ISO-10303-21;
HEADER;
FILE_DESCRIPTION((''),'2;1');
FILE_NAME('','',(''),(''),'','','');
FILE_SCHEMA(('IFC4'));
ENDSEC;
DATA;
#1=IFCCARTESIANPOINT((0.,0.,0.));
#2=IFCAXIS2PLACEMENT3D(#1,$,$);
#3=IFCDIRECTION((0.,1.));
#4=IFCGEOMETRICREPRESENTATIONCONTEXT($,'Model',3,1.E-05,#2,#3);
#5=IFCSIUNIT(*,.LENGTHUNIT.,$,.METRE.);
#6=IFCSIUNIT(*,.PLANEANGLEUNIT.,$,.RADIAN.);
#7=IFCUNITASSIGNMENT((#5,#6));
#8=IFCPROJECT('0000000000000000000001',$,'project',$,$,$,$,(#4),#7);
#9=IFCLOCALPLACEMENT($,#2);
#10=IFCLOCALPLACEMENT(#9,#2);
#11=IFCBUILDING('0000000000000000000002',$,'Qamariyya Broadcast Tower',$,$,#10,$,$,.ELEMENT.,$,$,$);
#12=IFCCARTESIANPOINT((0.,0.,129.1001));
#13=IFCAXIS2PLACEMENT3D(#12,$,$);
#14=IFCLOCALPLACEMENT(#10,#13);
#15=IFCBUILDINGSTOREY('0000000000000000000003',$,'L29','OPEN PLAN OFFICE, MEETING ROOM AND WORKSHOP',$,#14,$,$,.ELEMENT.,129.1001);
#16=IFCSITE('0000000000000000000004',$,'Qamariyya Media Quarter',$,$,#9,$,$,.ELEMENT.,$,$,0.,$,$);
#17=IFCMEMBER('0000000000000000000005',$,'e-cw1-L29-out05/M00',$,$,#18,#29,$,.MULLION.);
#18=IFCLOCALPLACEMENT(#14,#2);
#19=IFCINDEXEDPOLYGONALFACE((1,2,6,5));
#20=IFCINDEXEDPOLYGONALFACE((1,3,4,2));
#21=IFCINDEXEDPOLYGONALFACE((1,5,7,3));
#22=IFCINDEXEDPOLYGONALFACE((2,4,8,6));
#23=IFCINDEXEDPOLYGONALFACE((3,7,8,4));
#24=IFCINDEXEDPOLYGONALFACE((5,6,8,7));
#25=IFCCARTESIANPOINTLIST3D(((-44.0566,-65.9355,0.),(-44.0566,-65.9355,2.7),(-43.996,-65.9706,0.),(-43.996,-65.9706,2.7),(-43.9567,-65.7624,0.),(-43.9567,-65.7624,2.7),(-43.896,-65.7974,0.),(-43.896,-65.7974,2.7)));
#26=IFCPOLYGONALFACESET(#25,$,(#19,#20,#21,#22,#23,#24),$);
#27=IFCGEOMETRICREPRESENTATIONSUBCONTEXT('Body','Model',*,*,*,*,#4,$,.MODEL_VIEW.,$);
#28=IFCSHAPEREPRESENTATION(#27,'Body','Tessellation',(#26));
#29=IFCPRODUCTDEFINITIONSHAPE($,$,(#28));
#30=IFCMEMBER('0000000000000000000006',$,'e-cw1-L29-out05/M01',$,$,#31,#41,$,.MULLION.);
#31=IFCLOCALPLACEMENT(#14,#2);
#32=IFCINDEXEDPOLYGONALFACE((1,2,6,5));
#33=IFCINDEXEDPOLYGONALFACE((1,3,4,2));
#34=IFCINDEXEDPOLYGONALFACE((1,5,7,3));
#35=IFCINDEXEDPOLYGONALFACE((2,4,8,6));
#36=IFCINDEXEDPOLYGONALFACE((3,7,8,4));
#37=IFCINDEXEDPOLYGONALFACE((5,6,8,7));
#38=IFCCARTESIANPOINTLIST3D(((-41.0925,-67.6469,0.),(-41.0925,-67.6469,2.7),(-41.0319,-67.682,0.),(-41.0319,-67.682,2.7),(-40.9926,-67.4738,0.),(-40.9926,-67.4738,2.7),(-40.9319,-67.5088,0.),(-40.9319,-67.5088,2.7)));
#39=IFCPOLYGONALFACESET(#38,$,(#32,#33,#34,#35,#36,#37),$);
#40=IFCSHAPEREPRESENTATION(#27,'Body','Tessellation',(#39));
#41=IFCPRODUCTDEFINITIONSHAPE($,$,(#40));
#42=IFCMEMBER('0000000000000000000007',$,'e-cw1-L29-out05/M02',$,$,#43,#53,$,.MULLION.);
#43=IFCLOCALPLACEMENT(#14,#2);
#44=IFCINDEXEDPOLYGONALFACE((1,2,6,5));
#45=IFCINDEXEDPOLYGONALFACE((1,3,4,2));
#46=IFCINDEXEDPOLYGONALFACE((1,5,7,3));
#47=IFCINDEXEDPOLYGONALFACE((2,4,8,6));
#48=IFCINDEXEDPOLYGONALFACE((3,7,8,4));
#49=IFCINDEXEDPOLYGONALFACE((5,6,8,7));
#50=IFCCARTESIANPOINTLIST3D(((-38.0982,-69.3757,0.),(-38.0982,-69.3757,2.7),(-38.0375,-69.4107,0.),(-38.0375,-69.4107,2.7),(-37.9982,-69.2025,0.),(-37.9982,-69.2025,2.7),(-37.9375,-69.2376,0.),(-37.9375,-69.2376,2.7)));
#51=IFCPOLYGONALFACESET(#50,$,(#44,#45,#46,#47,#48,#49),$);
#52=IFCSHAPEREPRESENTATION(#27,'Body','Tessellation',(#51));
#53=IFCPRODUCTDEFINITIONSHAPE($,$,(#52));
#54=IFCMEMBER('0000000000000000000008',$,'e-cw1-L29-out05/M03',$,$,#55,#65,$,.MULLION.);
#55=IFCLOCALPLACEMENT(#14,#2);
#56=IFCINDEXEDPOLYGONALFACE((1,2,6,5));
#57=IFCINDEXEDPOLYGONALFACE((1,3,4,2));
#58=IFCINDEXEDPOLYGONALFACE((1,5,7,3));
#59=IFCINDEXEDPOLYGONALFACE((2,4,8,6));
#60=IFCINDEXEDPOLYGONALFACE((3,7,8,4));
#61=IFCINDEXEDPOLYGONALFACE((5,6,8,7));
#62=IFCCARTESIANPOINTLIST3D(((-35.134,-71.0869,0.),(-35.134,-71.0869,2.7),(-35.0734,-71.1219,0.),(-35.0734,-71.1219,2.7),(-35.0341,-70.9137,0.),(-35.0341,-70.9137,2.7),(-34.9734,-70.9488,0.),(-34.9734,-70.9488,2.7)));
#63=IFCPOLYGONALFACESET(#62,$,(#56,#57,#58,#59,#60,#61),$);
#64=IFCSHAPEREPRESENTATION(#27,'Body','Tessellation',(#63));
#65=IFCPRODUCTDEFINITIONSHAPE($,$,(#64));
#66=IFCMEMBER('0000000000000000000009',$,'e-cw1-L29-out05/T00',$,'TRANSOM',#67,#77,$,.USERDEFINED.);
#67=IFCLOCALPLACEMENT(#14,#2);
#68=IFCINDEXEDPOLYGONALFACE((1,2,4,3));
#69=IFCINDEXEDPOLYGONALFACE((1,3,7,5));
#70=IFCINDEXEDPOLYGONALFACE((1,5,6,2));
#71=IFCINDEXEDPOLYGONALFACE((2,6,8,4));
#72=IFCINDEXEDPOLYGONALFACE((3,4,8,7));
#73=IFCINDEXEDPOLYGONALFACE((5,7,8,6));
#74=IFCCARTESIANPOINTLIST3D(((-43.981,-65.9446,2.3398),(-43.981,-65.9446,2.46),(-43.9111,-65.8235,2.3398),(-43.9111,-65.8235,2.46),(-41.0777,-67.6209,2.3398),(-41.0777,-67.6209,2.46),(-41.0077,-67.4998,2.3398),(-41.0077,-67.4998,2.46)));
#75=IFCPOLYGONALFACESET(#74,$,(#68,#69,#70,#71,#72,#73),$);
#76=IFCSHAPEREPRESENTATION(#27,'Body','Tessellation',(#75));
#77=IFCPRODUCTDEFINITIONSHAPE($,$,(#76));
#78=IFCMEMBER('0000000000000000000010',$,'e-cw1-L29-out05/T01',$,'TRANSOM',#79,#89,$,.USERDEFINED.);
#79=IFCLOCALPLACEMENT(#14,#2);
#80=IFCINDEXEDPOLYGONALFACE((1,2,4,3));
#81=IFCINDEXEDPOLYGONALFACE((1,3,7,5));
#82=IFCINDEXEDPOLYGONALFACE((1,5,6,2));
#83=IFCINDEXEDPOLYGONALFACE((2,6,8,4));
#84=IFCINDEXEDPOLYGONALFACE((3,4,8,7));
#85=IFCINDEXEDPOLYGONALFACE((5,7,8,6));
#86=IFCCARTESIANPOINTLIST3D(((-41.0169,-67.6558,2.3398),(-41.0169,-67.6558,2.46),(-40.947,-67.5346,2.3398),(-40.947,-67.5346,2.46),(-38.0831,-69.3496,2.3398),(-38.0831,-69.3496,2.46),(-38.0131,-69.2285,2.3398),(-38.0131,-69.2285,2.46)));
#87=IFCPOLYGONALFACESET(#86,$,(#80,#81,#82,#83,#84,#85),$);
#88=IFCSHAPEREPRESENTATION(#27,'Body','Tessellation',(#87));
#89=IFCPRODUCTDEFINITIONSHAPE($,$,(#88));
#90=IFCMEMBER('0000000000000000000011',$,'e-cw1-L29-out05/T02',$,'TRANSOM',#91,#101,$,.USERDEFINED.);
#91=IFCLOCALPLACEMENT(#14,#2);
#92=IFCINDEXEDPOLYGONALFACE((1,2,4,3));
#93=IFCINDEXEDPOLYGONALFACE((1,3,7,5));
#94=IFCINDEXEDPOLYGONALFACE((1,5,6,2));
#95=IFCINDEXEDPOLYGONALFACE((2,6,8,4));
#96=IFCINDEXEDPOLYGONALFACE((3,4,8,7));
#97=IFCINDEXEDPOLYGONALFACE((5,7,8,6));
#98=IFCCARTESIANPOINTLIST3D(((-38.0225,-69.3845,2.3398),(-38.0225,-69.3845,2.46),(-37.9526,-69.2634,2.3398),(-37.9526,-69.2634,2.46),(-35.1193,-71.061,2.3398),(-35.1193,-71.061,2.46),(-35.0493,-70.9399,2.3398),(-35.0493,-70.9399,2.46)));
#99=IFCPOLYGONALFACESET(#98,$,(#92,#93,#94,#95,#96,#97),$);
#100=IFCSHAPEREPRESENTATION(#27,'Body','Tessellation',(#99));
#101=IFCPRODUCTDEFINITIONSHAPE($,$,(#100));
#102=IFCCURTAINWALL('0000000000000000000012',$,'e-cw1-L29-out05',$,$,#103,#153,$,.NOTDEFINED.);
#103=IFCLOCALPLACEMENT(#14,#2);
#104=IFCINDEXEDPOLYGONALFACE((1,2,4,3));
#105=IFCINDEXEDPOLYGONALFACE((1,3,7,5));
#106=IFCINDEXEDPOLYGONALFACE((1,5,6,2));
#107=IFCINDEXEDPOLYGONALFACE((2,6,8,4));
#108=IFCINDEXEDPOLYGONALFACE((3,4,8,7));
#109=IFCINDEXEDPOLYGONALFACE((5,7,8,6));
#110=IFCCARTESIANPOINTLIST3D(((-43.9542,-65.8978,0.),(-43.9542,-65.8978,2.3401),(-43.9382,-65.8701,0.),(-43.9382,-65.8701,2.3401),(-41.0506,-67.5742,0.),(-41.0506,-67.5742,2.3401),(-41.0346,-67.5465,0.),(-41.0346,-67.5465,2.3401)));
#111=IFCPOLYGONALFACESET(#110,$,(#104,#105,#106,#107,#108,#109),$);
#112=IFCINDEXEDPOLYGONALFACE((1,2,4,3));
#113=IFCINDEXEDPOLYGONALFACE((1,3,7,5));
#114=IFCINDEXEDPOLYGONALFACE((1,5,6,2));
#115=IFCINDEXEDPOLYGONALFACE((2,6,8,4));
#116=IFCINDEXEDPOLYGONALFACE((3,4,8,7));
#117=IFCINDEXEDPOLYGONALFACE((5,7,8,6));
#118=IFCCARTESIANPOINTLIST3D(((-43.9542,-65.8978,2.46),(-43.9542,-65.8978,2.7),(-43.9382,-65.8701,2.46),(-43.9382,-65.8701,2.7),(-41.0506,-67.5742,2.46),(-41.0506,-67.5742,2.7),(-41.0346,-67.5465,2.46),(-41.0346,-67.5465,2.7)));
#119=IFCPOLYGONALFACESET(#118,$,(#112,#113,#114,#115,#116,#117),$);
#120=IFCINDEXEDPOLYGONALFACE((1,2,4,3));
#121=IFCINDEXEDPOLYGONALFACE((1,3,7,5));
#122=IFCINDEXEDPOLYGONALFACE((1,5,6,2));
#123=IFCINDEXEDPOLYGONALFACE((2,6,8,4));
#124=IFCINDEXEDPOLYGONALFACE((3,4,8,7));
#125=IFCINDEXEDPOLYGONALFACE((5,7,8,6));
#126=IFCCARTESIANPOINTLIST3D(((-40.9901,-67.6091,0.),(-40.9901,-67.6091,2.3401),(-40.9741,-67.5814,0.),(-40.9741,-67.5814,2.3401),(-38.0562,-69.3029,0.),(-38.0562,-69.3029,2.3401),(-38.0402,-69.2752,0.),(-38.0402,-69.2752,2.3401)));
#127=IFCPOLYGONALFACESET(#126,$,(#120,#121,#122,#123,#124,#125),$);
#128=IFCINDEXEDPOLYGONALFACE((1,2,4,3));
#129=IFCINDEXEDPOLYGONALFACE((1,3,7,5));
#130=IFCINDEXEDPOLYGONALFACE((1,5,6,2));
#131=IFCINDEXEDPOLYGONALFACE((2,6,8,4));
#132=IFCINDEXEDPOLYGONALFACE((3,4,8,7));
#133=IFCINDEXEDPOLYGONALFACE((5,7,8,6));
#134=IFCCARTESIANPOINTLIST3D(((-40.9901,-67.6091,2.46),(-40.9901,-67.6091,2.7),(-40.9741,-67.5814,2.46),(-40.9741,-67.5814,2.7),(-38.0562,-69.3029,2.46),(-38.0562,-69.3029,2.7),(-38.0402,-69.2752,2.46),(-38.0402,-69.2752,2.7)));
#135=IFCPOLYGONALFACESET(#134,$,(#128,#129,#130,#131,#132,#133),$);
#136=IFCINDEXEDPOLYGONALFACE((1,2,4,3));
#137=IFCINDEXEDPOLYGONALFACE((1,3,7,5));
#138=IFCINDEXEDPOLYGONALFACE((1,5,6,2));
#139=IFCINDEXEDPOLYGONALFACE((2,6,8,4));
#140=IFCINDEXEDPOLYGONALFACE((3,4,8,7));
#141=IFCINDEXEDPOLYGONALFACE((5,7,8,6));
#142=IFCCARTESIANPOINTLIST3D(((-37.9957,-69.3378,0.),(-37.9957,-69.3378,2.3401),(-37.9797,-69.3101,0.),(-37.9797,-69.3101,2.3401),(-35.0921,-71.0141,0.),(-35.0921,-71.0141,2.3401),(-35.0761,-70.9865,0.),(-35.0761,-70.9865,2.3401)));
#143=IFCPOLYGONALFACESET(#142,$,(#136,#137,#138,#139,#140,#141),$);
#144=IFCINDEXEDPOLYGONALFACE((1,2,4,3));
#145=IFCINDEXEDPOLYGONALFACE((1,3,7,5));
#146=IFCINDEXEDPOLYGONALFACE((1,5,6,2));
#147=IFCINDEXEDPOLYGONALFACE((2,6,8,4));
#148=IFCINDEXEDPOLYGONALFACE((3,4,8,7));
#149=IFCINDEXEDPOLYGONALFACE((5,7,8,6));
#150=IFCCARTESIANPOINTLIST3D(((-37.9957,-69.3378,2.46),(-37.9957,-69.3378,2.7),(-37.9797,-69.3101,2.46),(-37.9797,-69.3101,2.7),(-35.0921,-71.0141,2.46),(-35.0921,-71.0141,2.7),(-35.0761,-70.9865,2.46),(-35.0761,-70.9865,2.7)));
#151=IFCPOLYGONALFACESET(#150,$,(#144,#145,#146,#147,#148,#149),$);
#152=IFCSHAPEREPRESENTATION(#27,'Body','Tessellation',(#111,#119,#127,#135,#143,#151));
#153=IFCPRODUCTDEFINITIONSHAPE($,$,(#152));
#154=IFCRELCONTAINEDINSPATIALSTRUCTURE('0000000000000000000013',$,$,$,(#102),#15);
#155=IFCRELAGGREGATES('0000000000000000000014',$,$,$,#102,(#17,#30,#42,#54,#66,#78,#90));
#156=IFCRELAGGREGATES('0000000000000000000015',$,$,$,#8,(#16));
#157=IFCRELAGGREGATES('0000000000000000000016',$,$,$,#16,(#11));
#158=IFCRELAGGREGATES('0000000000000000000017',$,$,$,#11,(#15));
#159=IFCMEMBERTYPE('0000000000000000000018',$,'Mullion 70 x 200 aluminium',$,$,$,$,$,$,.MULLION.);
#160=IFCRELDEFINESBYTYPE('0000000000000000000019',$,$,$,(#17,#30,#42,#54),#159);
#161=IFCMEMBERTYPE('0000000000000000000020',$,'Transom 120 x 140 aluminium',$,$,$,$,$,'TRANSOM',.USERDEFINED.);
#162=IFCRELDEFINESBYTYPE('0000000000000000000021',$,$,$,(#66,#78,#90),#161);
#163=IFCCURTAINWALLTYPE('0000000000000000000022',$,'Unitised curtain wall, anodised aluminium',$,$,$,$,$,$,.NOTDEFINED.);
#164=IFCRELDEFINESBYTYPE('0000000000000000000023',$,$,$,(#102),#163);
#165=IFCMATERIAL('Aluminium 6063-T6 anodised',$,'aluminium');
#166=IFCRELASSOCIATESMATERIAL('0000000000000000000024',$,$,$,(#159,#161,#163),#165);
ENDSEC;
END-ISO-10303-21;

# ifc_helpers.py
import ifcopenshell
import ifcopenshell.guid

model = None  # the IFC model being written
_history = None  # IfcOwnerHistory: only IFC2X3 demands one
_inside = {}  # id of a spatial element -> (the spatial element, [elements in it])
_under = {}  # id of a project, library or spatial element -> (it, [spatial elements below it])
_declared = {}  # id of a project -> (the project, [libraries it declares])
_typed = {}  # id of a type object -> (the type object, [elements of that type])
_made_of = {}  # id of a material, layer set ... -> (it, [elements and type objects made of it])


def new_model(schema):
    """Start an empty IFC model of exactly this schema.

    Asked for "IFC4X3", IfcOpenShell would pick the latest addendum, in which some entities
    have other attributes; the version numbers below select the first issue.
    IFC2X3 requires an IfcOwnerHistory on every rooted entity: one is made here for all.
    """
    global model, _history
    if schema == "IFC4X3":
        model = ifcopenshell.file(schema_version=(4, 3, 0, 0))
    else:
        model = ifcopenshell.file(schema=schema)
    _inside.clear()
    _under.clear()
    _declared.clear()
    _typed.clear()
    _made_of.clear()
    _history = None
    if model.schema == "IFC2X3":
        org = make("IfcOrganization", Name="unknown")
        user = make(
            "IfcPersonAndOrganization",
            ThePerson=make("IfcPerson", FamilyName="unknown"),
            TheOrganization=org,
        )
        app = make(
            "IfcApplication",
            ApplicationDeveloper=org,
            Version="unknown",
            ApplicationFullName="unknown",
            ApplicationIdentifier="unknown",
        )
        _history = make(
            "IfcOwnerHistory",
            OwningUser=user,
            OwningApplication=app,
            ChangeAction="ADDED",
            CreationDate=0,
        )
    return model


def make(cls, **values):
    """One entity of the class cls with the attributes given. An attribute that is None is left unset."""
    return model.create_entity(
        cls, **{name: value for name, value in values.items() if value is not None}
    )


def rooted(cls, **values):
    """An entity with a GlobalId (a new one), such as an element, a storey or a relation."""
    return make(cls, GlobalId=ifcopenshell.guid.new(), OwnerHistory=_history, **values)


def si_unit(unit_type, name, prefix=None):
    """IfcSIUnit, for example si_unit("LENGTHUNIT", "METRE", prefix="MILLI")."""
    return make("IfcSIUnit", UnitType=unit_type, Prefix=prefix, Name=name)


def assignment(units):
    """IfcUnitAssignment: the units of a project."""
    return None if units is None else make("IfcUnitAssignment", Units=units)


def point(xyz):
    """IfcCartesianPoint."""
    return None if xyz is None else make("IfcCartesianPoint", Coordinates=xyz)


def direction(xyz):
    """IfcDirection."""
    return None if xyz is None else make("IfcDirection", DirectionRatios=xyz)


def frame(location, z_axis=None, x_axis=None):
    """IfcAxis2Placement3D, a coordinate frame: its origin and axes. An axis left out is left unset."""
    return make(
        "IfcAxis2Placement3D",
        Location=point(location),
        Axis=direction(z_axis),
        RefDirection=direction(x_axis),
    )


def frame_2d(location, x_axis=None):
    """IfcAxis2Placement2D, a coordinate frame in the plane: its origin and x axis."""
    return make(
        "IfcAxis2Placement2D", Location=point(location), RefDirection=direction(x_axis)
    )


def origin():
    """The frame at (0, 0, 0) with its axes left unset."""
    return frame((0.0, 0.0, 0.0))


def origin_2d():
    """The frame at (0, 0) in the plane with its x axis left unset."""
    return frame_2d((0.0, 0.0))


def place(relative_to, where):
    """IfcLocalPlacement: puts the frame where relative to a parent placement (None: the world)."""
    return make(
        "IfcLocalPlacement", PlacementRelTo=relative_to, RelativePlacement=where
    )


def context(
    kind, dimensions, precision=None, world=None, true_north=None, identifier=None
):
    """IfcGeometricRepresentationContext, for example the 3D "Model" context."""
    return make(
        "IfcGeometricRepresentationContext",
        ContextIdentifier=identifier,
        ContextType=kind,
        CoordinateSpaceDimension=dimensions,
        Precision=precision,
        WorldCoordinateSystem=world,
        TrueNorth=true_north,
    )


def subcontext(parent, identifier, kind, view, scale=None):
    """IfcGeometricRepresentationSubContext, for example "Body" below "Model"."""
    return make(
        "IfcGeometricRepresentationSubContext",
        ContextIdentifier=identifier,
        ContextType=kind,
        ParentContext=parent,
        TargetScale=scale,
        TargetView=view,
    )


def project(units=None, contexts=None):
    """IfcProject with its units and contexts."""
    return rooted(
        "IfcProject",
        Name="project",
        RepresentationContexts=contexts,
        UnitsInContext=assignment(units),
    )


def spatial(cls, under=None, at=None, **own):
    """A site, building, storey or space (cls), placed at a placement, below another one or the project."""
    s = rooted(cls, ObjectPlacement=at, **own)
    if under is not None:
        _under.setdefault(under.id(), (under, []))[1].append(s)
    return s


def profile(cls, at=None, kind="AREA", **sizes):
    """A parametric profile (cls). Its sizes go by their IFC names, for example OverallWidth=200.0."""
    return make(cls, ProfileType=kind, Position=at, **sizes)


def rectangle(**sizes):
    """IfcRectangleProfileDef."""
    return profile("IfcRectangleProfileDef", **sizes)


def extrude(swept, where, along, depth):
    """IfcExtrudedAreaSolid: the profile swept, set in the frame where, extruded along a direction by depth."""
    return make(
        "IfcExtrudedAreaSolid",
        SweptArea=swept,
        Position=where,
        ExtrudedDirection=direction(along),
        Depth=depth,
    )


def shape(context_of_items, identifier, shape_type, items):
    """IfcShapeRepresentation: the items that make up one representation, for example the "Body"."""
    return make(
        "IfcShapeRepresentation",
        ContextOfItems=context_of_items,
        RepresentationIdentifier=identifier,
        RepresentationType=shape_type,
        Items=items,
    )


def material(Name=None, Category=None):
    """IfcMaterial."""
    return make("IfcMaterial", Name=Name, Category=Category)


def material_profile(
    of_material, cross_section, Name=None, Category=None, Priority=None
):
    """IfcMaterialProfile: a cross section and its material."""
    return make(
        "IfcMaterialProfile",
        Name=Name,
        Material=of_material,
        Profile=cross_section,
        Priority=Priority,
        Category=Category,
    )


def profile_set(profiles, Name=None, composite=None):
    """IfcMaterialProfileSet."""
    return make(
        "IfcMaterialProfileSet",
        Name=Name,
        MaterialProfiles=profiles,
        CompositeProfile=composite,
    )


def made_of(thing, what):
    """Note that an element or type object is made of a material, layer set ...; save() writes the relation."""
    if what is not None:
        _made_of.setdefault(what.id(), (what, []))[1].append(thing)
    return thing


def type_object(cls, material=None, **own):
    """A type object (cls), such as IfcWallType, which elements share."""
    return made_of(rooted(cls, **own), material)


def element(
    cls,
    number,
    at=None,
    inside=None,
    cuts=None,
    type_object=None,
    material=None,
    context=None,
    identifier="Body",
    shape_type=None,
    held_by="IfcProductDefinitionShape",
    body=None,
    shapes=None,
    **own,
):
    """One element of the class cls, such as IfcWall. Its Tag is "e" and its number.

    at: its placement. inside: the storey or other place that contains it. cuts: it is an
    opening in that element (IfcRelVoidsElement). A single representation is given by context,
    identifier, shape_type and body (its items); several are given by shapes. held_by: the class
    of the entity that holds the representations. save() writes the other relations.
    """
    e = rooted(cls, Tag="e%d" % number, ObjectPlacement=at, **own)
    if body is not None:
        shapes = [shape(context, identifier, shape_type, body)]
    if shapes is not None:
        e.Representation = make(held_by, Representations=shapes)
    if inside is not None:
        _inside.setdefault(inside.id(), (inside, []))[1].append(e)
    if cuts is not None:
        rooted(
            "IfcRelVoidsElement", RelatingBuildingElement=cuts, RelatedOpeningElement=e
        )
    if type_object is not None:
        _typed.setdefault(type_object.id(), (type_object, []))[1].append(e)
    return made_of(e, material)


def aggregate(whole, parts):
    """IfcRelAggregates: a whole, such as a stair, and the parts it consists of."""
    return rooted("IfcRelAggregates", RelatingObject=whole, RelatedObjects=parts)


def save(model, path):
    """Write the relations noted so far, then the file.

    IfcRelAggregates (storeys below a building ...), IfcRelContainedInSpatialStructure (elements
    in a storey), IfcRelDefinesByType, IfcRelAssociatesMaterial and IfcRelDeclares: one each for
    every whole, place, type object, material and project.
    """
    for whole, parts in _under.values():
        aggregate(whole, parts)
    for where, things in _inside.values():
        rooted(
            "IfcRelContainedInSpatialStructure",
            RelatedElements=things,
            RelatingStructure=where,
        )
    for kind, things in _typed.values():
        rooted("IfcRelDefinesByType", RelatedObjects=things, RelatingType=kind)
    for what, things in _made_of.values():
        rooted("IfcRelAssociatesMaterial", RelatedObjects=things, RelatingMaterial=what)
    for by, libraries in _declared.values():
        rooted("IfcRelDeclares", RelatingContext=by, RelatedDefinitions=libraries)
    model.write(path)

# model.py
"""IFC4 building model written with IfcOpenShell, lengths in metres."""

from ifc_helpers import new_model, si_unit, direction, frame, origin, origin_2d, place, context, subcontext, project, spatial, rectangle, extrude, material, material_profile, profile_set, type_object, element, aggregate, save


model = new_model("IFC4")

# Units and contexts
model_context = context("Model", 3, precision=1e-05, world=origin(), true_north=direction((0.0, 1.0)))
body_context = subcontext(model_context, "Body", "Model", "MODEL_VIEW")
ifc_project = project(units=[si_unit("LENGTHUNIT", "METRE"), si_unit("PLANEANGLEUNIT", "RADIAN")], contexts=[model_context])

# Members
ifc_material = material(Name="Aluminium 6063-T6 anodised", Category="aluminium")
ifc_material_profile_1 = material_profile(ifc_material, rectangle(XDim=0.2, YDim=0.0701, at=origin_2d()))
ifc_profile_set_1 = profile_set([ifc_material_profile_1], Name="Aluminium 6063-T6 anodised")
member_type_1 = type_object("IfcMemberType", Name="Mullion 70 x 200 aluminium", PredefinedType="MULLION", material=ifc_profile_set_1)
site_placement = place(None, origin())
building_placement = place(site_placement, origin())
storey_placement = place(building_placement, frame((0.0, 0.0, 129.1001)))
member_1_placement = place(storey_placement, frame((-43.9763, -65.8665, 0.0), z_axis=(0.0, 0.0, 1.0), x_axis=(0.5, 0.866025, 0.0)))
member_1 = element("IfcMember", 1, at=member_1_placement, type_object=member_type_1, Name="e-cw1-L29-out05/M00", PredefinedType="MULLION", context=body_context, shape_type="SweptSolid", body=[
    extrude(rectangle(XDim=0.2, YDim=0.0701, at=origin_2d()), origin(), (0.0, 0.0, 1.0), 2.7),
])
member_2_placement = place(storey_placement, frame((-41.0122, -67.5779, 0.0), z_axis=(0.0, 0.0, 1.0), x_axis=(0.5, 0.866025, 0.0)))
member_2 = element("IfcMember", 2, at=member_2_placement, type_object=member_type_1, Name="e-cw1-L29-out05/M01", PredefinedType="MULLION", context=body_context, shape_type="SweptSolid", body=[
    extrude(rectangle(XDim=0.2, YDim=0.0701, at=origin_2d()), origin(), (0.0, 0.0, 1.0), 2.7),
])
member_3_placement = place(storey_placement, frame((-38.0178, -69.3066, 0.0), z_axis=(0.0, 0.0, 1.0), x_axis=(0.5, 0.866025, 0.0)))
member_3 = element("IfcMember", 3, at=member_3_placement, type_object=member_type_1, Name="e-cw1-L29-out05/M02", PredefinedType="MULLION", context=body_context, shape_type="SweptSolid", body=[
    extrude(rectangle(XDim=0.2, YDim=0.0701, at=origin_2d()), origin(), (0.0, 0.0, 1.0), 2.7),
])
member_4_placement = place(storey_placement, frame((-35.0537, -71.0178, 0.0), z_axis=(0.0, 0.0, 1.0), x_axis=(0.5, 0.866025, 0.0)))
member_4 = element("IfcMember", 4, at=member_4_placement, type_object=member_type_1, Name="e-cw1-L29-out05/M03", PredefinedType="MULLION", context=body_context, shape_type="SweptSolid", body=[
    extrude(rectangle(XDim=0.2, YDim=0.0701, at=origin_2d()), origin(), (0.0, 0.0, 1.0), 2.7),
])
ifc_material_profile_2 = material_profile(ifc_material, rectangle(XDim=0.1399, YDim=0.1201, at=origin_2d()))
ifc_profile_set_2 = profile_set([ifc_material_profile_2], Name="Aluminium 6063-T6 anodised")
member_type_2 = type_object("IfcMemberType", Name="Transom 120 x 140 aluminium", ElementType="TRANSOM", PredefinedType="USERDEFINED", material=ifc_profile_set_2)
member_5_placement = place(storey_placement, frame((-43.946, -65.884, 2.3999), z_axis=(0.866021, -0.500008, 0.0), x_axis=(0.500008, 0.866021, 0.0)))
member_5 = element("IfcMember", 5, at=member_5_placement, type_object=member_type_2, Name="e-cw1-L29-out05/T00", ObjectType="TRANSOM", PredefinedType="USERDEFINED", context=body_context, shape_type="SweptSolid", body=[
    extrude(rectangle(XDim=0.1399, YDim=0.1201, at=origin_2d()), origin(), (0.0, 0.0, 1.0), 3.3525),
])
member_6_placement = place(storey_placement, frame((-40.9819, -67.5952, 2.3999), z_axis=(0.866026, -0.499999, 0.0), x_axis=(0.499999, 0.866026, 0.0)))
member_6 = element("IfcMember", 6, at=member_6_placement, type_object=member_type_2, Name="e-cw1-L29-out05/T01", ObjectType="TRANSOM", PredefinedType="USERDEFINED", context=body_context, shape_type="SweptSolid", body=[
    extrude(rectangle(XDim=0.1399, YDim=0.1201, at=origin_2d()), origin(), (0.0, 0.0, 1.0), 3.3877),
])
member_7_placement = place(storey_placement, frame((-37.9875, -69.324, 2.3999), z_axis=(0.865989, -0.500063, 0.0), x_axis=(0.500063, 0.865989, 0.0)))
member_7 = element("IfcMember", 7, at=member_7_placement, type_object=member_type_2, Name="e-cw1-L29-out05/T02", ObjectType="TRANSOM", PredefinedType="USERDEFINED", context=body_context, shape_type="SweptSolid", body=[
    extrude(rectangle(XDim=0.1399, YDim=0.1201, at=origin_2d()), origin(), (0.0, 0.0, 1.0), 3.3525),
])

# Site, building, storey
site = spatial("IfcSite", under=ifc_project, at=site_placement, Name="Qamariyya Media Quarter", CompositionType="ELEMENT", RefElevation=0.0)
building = spatial("IfcBuilding", under=site, at=building_placement, Name="Qamariyya Broadcast Tower", CompositionType="ELEMENT")
storey = spatial("IfcBuildingStorey", under=building, at=storey_placement, Name="L29", Description="OPEN PLAN OFFICE, MEETING ROOM AND WORKSHOP", CompositionType="ELEMENT", Elevation=129.1001)

# Curtain wall
curtain_wall_type = type_object("IfcCurtainWallType", Name="Unitised curtain wall, anodised aluminium", PredefinedType="NOTDEFINED", material=ifc_material)
curtain_wall_1_placement = place(storey_placement, origin())
curtain_wall_1 = element("IfcCurtainWall", 8, at=curtain_wall_1_placement, inside=storey, type_object=curtain_wall_type, Name="e-cw1-L29-out05", PredefinedType="NOTDEFINED", context=body_context, shape_type="SweptSolid", body=[
    extrude(rectangle(XDim=3.3528, YDim=0.032, at=origin_2d()), frame((-42.4944, -66.7222, 0.0), x_axis=(0.866027, -0.499997, 0.0)), (0.0, 0.0, 1.0), 2.3401),
    extrude(rectangle(XDim=3.3528, YDim=0.032, at=origin_2d()), frame((-42.4944, -66.7222, 2.46), x_axis=(0.866027, -0.499997, 0.0)), (0.0, 0.0, 1.0), 0.24),
    extrude(rectangle(XDim=3.3877, YDim=0.032, at=origin_2d()), frame((-39.5151, -68.4421, 0.0), x_axis=(0.866027, -0.499997, 0.0)), (0.0, 0.0, 1.0), 2.3401),
    extrude(rectangle(XDim=3.3877, YDim=0.032, at=origin_2d()), frame((-39.5151, -68.4421, 2.46), x_axis=(0.866027, -0.499997, 0.0)), (0.0, 0.0, 1.0), 0.24),
    extrude(rectangle(XDim=3.3528, YDim=0.032, at=origin_2d()), frame((-36.5359, -70.1621, 0.0), x_axis=(0.866027, -0.499997, 0.0)), (0.0, 0.0, 1.0), 2.3401),
    extrude(rectangle(XDim=3.3528, YDim=0.032, at=origin_2d()), frame((-36.5359, -70.1621, 2.46), x_axis=(0.866027, -0.499997, 0.0)), (0.0, 0.0, 1.0), 0.24),
])
aggregate(curtain_wall_1, [member_1, member_2, member_3, member_4, member_5, member_6, member_7])

save(model, "model.ifc")
